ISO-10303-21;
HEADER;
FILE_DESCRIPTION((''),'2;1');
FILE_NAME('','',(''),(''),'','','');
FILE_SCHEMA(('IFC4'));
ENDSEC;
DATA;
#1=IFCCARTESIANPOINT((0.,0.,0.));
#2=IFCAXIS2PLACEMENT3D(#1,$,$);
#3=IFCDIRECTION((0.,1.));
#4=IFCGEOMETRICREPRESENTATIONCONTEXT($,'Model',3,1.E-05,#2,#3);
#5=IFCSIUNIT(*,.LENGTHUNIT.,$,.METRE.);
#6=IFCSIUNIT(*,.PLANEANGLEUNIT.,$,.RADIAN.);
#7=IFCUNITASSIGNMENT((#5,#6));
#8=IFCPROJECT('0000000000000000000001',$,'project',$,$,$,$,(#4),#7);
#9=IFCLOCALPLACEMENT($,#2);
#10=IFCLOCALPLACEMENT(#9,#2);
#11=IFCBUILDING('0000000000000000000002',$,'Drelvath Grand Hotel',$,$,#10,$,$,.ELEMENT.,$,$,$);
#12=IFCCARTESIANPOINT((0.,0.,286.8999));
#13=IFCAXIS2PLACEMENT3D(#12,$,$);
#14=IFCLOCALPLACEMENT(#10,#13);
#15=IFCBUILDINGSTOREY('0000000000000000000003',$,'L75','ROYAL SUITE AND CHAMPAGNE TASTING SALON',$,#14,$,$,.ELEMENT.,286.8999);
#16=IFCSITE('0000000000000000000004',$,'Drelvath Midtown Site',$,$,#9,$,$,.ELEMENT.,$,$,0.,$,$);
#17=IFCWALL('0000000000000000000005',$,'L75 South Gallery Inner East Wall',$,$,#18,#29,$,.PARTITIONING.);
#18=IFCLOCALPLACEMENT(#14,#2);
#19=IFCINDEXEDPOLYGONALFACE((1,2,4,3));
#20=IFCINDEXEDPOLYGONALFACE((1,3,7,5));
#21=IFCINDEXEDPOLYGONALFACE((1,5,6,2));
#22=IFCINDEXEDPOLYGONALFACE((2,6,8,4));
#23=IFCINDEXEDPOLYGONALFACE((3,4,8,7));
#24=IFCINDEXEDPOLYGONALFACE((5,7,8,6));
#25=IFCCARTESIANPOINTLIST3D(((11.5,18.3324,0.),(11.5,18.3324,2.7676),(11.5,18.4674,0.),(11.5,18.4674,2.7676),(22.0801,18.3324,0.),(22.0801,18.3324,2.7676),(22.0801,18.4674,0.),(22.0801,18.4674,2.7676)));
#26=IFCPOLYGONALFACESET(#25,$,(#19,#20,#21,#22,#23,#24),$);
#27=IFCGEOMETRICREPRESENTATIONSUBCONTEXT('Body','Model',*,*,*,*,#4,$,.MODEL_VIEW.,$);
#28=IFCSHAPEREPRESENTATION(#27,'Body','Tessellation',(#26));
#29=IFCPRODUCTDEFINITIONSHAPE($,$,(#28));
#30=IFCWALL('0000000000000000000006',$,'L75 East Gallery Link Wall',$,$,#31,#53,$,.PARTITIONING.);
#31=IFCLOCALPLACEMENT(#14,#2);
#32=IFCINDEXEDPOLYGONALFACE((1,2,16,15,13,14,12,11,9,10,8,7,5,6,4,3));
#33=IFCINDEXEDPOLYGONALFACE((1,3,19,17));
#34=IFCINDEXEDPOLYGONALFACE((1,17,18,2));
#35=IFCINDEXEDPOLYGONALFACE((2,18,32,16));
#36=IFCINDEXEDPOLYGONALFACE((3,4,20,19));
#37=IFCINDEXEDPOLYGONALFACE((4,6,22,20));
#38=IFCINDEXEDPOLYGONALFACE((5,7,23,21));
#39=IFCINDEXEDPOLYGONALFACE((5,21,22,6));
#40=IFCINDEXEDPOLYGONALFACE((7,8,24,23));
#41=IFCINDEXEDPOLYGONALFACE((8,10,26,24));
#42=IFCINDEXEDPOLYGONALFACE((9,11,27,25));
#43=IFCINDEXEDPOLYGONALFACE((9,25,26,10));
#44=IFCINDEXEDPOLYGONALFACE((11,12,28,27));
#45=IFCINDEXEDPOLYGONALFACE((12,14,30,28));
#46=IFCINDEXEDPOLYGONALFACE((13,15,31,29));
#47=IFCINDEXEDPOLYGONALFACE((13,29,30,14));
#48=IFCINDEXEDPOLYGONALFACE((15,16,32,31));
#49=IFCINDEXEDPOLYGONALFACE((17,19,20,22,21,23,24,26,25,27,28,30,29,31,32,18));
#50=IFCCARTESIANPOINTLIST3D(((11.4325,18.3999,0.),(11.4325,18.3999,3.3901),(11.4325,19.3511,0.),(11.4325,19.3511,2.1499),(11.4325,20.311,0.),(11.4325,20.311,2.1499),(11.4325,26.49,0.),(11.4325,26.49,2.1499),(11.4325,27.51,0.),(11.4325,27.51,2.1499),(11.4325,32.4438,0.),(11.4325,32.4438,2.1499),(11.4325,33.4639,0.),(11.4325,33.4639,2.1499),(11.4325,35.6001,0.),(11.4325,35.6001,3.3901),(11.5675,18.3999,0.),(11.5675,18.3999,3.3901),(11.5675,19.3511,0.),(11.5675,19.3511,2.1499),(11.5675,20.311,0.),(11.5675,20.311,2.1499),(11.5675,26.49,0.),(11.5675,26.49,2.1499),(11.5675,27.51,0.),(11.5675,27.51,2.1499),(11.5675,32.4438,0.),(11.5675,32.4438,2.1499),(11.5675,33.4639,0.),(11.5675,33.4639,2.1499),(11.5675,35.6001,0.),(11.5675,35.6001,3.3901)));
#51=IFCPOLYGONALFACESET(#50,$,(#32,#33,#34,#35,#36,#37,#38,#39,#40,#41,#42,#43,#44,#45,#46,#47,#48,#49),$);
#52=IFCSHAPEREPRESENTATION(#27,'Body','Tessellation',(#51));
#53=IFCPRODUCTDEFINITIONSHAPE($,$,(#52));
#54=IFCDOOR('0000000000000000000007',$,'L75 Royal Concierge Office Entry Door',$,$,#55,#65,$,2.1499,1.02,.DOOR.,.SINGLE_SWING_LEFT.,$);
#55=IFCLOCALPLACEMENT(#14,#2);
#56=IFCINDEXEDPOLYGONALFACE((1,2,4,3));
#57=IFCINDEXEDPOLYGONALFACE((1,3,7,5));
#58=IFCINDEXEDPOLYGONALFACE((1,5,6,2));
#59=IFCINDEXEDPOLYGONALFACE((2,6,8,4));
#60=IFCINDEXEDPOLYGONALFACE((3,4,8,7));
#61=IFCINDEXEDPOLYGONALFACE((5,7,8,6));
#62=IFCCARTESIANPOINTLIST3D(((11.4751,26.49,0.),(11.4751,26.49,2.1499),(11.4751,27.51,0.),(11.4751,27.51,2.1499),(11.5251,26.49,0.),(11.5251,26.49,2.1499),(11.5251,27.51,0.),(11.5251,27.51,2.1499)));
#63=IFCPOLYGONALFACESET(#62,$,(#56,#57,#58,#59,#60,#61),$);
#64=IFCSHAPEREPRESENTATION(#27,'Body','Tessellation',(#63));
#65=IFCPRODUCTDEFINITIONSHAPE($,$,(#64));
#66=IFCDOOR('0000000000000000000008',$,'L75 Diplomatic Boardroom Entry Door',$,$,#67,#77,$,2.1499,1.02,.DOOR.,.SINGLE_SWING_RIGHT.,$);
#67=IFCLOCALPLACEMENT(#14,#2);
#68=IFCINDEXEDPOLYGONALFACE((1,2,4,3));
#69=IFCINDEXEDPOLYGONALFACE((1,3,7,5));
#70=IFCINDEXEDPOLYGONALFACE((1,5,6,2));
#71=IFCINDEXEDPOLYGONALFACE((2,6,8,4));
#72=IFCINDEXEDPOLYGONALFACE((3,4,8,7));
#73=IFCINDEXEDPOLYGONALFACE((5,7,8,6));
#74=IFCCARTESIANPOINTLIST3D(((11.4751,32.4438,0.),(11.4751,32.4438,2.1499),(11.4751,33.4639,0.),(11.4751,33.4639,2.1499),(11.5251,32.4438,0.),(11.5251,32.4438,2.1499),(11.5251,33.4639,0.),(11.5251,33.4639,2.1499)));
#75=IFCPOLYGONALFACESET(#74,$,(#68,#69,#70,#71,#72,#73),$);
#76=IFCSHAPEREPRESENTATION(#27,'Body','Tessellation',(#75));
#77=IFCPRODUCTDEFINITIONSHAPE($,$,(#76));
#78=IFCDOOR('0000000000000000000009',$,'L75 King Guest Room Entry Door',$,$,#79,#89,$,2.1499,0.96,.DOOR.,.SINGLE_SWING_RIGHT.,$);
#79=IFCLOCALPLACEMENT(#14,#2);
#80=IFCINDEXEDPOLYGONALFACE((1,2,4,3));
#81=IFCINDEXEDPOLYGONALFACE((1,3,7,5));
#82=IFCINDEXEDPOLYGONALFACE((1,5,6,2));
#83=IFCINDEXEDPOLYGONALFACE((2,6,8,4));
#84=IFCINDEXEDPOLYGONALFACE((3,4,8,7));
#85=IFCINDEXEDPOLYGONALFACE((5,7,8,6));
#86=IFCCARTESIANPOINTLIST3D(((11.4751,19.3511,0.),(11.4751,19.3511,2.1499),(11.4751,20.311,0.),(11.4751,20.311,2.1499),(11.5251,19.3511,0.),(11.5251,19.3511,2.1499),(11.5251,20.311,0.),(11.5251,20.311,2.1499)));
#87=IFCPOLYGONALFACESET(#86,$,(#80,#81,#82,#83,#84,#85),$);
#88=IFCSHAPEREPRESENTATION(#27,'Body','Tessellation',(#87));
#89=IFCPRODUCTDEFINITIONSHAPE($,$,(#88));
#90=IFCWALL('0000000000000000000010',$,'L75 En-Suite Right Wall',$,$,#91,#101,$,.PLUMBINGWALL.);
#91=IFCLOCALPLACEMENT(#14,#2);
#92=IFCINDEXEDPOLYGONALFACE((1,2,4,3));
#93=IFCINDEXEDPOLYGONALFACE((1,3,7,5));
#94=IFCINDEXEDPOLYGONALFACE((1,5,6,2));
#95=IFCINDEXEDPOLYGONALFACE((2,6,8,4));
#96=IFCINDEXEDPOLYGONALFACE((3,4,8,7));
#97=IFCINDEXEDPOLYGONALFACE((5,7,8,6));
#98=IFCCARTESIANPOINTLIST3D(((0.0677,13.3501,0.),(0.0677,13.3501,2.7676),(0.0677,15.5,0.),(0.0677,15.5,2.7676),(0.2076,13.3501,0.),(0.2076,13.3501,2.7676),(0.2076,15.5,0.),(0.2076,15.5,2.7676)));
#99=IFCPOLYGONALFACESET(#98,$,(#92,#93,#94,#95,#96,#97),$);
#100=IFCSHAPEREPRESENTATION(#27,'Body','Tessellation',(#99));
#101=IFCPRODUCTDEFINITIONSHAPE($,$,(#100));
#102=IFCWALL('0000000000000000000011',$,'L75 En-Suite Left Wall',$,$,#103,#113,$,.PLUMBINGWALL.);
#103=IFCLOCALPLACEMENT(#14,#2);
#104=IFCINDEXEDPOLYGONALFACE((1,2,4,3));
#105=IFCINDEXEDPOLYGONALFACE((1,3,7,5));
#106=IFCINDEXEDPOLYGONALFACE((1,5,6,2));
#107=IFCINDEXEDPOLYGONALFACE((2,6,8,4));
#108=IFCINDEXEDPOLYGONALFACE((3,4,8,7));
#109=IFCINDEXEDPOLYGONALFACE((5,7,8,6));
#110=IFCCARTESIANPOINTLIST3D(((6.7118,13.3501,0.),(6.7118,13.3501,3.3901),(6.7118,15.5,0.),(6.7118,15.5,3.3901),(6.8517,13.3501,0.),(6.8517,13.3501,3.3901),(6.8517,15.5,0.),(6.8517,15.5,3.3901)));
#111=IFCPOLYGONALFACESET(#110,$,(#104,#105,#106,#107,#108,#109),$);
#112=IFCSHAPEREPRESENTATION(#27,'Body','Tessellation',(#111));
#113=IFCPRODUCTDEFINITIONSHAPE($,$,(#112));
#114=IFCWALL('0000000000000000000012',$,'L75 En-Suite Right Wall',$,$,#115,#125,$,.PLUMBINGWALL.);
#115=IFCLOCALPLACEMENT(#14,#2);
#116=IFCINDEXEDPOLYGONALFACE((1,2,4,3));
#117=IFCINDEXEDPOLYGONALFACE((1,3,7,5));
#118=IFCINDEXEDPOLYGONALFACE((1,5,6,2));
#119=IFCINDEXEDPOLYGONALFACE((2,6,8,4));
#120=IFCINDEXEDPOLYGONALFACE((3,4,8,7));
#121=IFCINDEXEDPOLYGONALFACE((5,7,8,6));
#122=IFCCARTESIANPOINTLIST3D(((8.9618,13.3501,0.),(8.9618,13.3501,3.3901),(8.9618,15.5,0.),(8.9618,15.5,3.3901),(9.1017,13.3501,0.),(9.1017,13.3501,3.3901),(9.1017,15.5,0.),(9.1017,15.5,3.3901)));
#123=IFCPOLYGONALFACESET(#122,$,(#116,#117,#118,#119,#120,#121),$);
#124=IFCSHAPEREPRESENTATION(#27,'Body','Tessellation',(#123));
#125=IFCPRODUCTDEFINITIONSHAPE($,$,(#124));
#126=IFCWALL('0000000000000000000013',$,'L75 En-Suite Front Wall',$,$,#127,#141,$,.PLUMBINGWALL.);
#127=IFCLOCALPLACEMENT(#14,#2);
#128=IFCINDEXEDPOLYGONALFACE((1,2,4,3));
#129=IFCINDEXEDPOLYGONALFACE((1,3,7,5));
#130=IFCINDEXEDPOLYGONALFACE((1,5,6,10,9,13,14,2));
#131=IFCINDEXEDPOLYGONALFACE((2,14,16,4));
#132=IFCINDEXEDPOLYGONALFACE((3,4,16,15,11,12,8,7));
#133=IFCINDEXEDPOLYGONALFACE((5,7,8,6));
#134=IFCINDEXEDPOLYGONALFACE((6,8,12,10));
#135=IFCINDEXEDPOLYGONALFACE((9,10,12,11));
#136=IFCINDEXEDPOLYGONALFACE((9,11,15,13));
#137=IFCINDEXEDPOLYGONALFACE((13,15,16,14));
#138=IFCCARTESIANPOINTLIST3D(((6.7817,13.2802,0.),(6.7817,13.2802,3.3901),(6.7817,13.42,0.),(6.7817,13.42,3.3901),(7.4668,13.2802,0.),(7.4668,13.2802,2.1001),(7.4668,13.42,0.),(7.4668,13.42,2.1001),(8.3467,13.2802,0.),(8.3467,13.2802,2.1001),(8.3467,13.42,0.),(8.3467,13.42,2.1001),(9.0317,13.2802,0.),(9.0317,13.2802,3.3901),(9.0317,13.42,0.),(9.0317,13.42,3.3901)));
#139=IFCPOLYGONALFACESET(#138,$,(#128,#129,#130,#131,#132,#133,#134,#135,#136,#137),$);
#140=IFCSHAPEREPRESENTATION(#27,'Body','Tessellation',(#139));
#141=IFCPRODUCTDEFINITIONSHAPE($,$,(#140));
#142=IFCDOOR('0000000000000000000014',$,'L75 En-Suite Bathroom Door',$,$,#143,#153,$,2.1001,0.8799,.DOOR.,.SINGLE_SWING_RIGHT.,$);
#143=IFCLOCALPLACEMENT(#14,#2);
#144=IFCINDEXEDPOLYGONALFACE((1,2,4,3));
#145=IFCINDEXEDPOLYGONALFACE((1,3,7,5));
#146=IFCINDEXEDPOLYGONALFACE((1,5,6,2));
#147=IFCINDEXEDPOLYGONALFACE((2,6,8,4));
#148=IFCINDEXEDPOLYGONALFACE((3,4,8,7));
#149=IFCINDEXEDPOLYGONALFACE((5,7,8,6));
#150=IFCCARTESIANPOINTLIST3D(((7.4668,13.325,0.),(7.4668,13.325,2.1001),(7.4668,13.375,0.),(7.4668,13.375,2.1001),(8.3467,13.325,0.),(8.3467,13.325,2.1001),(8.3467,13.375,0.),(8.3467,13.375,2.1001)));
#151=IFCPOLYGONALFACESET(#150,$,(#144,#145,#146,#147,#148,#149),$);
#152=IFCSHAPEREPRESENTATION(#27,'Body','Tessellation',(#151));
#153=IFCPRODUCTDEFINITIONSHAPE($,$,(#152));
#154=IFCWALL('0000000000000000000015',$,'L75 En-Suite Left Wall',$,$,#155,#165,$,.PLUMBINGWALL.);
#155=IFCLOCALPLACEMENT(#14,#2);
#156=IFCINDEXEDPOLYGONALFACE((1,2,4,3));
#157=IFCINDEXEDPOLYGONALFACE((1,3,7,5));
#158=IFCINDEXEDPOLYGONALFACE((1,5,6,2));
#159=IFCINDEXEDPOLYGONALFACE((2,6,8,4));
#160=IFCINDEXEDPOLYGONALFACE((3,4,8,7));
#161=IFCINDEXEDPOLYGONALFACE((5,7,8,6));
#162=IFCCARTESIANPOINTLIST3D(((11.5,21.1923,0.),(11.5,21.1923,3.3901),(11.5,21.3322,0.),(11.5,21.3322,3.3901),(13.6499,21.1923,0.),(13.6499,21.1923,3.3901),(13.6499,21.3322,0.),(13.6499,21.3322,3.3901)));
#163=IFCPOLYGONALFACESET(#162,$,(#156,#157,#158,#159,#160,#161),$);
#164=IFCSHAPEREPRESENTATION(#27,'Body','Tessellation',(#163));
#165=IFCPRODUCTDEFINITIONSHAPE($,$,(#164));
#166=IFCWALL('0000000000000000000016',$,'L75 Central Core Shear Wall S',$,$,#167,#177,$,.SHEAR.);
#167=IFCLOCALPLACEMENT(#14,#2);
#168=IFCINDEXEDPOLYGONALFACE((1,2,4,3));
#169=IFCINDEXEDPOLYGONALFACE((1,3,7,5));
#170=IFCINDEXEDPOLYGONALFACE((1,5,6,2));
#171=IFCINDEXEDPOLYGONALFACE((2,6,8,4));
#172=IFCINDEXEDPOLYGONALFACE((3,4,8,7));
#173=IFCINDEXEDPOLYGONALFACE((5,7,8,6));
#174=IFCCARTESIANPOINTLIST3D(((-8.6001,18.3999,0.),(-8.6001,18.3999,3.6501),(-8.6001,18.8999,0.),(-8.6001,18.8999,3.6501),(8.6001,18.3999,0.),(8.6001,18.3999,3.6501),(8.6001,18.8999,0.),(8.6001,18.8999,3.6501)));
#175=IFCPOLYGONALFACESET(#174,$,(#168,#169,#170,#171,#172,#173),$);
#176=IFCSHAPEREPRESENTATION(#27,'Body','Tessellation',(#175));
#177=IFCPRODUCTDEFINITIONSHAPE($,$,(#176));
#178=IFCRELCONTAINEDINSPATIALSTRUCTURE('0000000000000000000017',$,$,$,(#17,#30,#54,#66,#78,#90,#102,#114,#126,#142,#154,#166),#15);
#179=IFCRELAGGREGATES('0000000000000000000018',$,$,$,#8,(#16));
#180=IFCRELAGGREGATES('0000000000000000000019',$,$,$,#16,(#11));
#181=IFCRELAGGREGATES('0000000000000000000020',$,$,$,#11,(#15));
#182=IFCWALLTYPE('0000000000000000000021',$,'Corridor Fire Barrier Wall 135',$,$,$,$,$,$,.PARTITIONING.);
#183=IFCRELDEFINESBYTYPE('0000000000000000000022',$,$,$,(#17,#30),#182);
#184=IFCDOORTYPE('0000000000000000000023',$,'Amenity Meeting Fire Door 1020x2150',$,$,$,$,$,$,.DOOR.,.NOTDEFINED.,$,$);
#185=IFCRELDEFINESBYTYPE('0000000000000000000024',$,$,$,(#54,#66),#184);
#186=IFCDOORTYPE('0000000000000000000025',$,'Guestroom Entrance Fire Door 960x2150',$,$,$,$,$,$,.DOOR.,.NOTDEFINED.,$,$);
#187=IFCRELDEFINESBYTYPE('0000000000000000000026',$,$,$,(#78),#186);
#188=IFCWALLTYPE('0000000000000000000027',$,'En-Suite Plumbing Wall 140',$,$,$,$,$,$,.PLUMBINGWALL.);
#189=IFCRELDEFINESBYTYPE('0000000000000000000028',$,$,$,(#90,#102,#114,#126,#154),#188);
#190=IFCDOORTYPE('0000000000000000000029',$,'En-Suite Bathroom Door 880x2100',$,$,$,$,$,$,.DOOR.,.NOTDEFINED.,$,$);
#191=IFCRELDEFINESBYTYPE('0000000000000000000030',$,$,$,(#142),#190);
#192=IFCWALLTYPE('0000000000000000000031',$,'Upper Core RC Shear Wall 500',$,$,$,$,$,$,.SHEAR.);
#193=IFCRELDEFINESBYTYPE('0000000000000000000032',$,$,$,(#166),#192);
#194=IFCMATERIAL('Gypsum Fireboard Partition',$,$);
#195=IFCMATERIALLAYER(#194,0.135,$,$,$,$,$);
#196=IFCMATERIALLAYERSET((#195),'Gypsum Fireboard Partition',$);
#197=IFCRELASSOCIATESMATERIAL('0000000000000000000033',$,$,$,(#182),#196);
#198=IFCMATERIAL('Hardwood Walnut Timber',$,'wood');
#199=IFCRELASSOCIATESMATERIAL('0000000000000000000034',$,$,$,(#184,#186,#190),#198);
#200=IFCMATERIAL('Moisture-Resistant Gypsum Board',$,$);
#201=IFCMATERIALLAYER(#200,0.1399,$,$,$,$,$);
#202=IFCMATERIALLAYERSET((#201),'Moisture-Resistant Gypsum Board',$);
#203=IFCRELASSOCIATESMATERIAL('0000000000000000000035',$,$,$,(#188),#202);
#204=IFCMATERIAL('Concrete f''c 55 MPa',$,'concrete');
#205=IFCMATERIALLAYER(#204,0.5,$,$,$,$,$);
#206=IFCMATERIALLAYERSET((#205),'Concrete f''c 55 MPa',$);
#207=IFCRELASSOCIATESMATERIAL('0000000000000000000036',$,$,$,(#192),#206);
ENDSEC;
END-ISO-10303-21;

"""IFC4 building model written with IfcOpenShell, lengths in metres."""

from ifc_helpers import new_model, si_unit, direction, frame, frame_2d, origin, place, context, subcontext, project, spatial, rectangle, extrude, material, layer, layer_set, type_object, element, fill, save


model = new_model("IFC4")

# Units and contexts
model_context = context("Model", 3, precision=1e-05, world=origin(), true_north=direction((0.0, 1.0)))
body_context = subcontext(model_context, "Body", "Model", "MODEL_VIEW")
ifc_project = project(units=[si_unit("LENGTHUNIT", "METRE"), si_unit("PLANEANGLEUNIT", "RADIAN")], contexts=[model_context])

# Site, building, storey
site_placement = place(None, origin())
site = spatial("IfcSite", under=ifc_project, at=site_placement, Name="Drelvath Midtown Site", CompositionType="ELEMENT", RefElevation=0.0)
building_placement = place(site_placement, origin())
building = spatial("IfcBuilding", under=site, at=building_placement, Name="Drelvath Grand Hotel", CompositionType="ELEMENT")
storey_placement = place(building_placement, frame((0.0, 0.0, 286.8999)))
storey = spatial("IfcBuildingStorey", under=building, at=storey_placement, Name="L75", Description="ROYAL SUITE AND CHAMPAGNE TASTING SALON", CompositionType="ELEMENT", Elevation=286.8999)

# Shared definitions
ifc_material_1 = material(Name="Concrete f'c 55 MPa", Category="concrete")

# Wall
ifc_material_2 = material(Name="Gypsum Fireboard Partition")
ifc_layer_1 = layer(ifc_material_2, 0.135)
ifc_layer_set_1 = layer_set([ifc_layer_1], Name="Gypsum Fireboard Partition")
wall_type_1 = type_object("IfcWallType", Name="Corridor Fire Barrier Wall 135", PredefinedType="PARTITIONING", material=ifc_layer_set_1)
wall_1_placement = place(storey_placement, frame((11.5, 18.3999, 0.0), z_axis=(0.0, 0.0, 1.0), x_axis=(1.0, 0.0, 0.0)))
element("IfcWall", 1, at=wall_1_placement, inside=storey, type_object=wall_type_1, Name="L75 South Gallery Inner East Wall", PredefinedType="PARTITIONING", context=body_context, shape_type="SweptSolid", body=[
    extrude(rectangle(XDim=10.5801, YDim=0.135, at=frame_2d((5.29, 0.0))), origin(), (0.0, 0.0, 1.0), 2.7676),
])

# Wall, openings, doors
wall_2_placement = place(storey_placement, frame((11.5, 18.3999, 0.0), z_axis=(0.0, 0.0, 1.0), x_axis=(0.0, 1.0, 0.0)))
wall_2 = element("IfcWall", 2, at=wall_2_placement, inside=storey, type_object=wall_type_1, Name="L75 East Gallery Link Wall", PredefinedType="PARTITIONING", context=body_context, shape_type="SweptSolid", body=[
    extrude(rectangle(XDim=17.2002, YDim=0.135, at=frame_2d((8.6001, 0.0))), origin(), (0.0, 0.0, 1.0), 3.3901),
])
opening_1_placement = place(wall_2_placement, frame((0.9512, 0.0, 0.0)))
opening_1 = element("IfcOpeningElement", 3, at=opening_1_placement, cuts=wall_2, PredefinedType="OPENING", context=body_context, shape_type="SweptSolid", body=[
    extrude(rectangle(XDim=0.96, YDim=2.1499, at=frame_2d((0.48, 1.075))), frame((0.0, 0.0774, 0.0), z_axis=(0.0, -1.0, 0.0), x_axis=(1.0, 0.0, 0.0)), (0.0, 0.0, 1.0), 0.155),
])
opening_2_placement = place(wall_2_placement, frame((8.0901, 0.0, 0.0)))
opening_2 = element("IfcOpeningElement", 4, at=opening_2_placement, cuts=wall_2, PredefinedType="OPENING", context=body_context, shape_type="SweptSolid", body=[
    extrude(rectangle(XDim=1.02, YDim=2.1499, at=frame_2d((0.51, 1.075))), frame((0.0, 0.0774, 0.0), z_axis=(0.0, -1.0, 0.0), x_axis=(1.0, 0.0, 0.0)), (0.0, 0.0, 1.0), 0.155),
])
opening_3_placement = place(wall_2_placement, frame((14.0439, 0.0, 0.0)))
opening_3 = element("IfcOpeningElement", 5, at=opening_3_placement, cuts=wall_2, PredefinedType="OPENING", context=body_context, shape_type="SweptSolid", body=[
    extrude(rectangle(XDim=1.02, YDim=2.1499, at=frame_2d((0.51, 1.075))), frame((0.0, 0.0774, 0.0), z_axis=(0.0, -1.0, 0.0), x_axis=(1.0, 0.0, 0.0)), (0.0, 0.0, 1.0), 0.155),
])
ifc_material_3 = material(Name="Hardwood Walnut Timber", Category="wood")
door_type_1 = type_object("IfcDoorType", Name="Amenity Meeting Fire Door 1020x2150", OperationType="NOTDEFINED", PredefinedType="DOOR", material=ifc_material_3)
door_1_placement = place(opening_2_placement, origin())
door_1 = element("IfcDoor", 6, at=door_1_placement, inside=storey, type_object=door_type_1, Name="L75 Royal Concierge Office Entry Door", OperationType="SINGLE_SWING_LEFT", OverallHeight=2.1499, OverallWidth=1.02, PredefinedType="DOOR", context=body_context, shape_type="SweptSolid", body=[
    extrude(rectangle(XDim=1.02, YDim=2.1499, at=frame_2d((0.51, 1.075))), frame((0.0, 0.0249, 0.0), z_axis=(0.0, -1.0, 0.0), x_axis=(1.0, 0.0, 0.0)), (0.0, 0.0, 1.0), 0.05),
])
fill(opening_2, door_1)
door_2_placement = place(opening_3_placement, origin())
door_2 = element("IfcDoor", 7, at=door_2_placement, inside=storey, type_object=door_type_1, Name="L75 Diplomatic Boardroom Entry Door", OperationType="SINGLE_SWING_RIGHT", OverallHeight=2.1499, OverallWidth=1.02, PredefinedType="DOOR", context=body_context, shape_type="SweptSolid", body=[
    extrude(rectangle(XDim=1.02, YDim=2.1499, at=frame_2d((0.51, 1.075))), frame((0.0, 0.0249, 0.0), z_axis=(0.0, -1.0, 0.0), x_axis=(1.0, 0.0, 0.0)), (0.0, 0.0, 1.0), 0.05),
])
fill(opening_3, door_2)
door_type_2 = type_object("IfcDoorType", Name="Guestroom Entrance Fire Door 960x2150", OperationType="NOTDEFINED", PredefinedType="DOOR", material=ifc_material_3)
door_3_placement = place(opening_1_placement, origin())
door_3 = element("IfcDoor", 8, at=door_3_placement, inside=storey, type_object=door_type_2, Name="L75 King Guest Room Entry Door", OperationType="SINGLE_SWING_RIGHT", OverallHeight=2.1499, OverallWidth=0.96, PredefinedType="DOOR", context=body_context, shape_type="SweptSolid", body=[
    extrude(rectangle(XDim=0.96, YDim=2.1499, at=frame_2d((0.48, 1.075))), frame((0.0, 0.0249, 0.0), z_axis=(0.0, -1.0, 0.0), x_axis=(1.0, 0.0, 0.0)), (0.0, 0.0, 1.0), 0.05),
])
fill(opening_1, door_3)

# Walls
ifc_material_4 = material(Name="Moisture-Resistant Gypsum Board")
ifc_layer_2 = layer(ifc_material_4, 0.1399)
ifc_layer_set_2 = layer_set([ifc_layer_2], Name="Moisture-Resistant Gypsum Board")
wall_type_2 = type_object("IfcWallType", Name="En-Suite Plumbing Wall 140", PredefinedType="PLUMBINGWALL", material=ifc_layer_set_2)
wall_3_placement = place(storey_placement, frame((0.1377, 15.5, 0.0), z_axis=(0.0, 0.0, 1.0), x_axis=(0.0, -1.0, 0.0)))
element("IfcWall", 9, at=wall_3_placement, inside=storey, type_object=wall_type_2, Name="L75 En-Suite Right Wall", PredefinedType="PLUMBINGWALL", context=body_context, shape_type="SweptSolid", body=[
    extrude(rectangle(XDim=2.1499, YDim=0.1399, at=frame_2d((1.075, 0.0))), origin(), (0.0, 0.0, 1.0), 2.7676),
])
for number, where, z_axis, x_axis, name in (
    (10, (6.7817, 15.5, 0.0), (0.0, 0.0, 1.0), (0.0, -1.0, 0.0), "L75 En-Suite Left Wall"),
    (11, (9.0317, 15.5, 0.0), (0.0, 0.0, 1.0), (0.0, -1.0, 0.0), "L75 En-Suite Right Wall"),
):
    element("IfcWall", number, at=place(storey_placement, frame(where, z_axis=z_axis, x_axis=x_axis)), inside=storey, type_object=wall_type_2, Name=name, PredefinedType="PLUMBINGWALL", context=body_context, shape_type="SweptSolid", body=[
        extrude(rectangle(XDim=2.1499, YDim=0.1399, at=frame_2d((1.075, 0.0))), origin(), (0.0, 0.0, 1.0), 3.3901),
    ])

# Wall, opening, door
wall_4_placement = place(storey_placement, frame((6.7817, 13.3501, 0.0), z_axis=(0.0, 0.0, 1.0), x_axis=(1.0, 0.0, 0.0)))
wall_4 = element("IfcWall", 12, at=wall_4_placement, inside=storey, type_object=wall_type_2, Name="L75 En-Suite Front Wall", PredefinedType="PLUMBINGWALL", context=body_context, shape_type="SweptSolid", body=[
    extrude(rectangle(XDim=2.25, YDim=0.1399, at=frame_2d((1.125, 0.0))), origin(), (0.0, 0.0, 1.0), 3.3901),
])
opening_4_placement = place(wall_4_placement, frame((0.6851, 0.0, 0.0)))
opening_4 = element("IfcOpeningElement", 13, at=opening_4_placement, cuts=wall_4, PredefinedType="OPENING", context=body_context, shape_type="SweptSolid", body=[
    extrude(rectangle(XDim=0.8799, YDim=2.1001, at=frame_2d((0.4399, 1.05))), frame((0.0, 0.0798, 0.0), z_axis=(0.0, -1.0, 0.0), x_axis=(1.0, 0.0, 0.0)), (0.0, 0.0, 1.0), 0.1599),
])
door_type_3 = type_object("IfcDoorType", Name="En-Suite Bathroom Door 880x2100", OperationType="NOTDEFINED", PredefinedType="DOOR", material=ifc_material_3)
door_4_placement = place(opening_4_placement, origin())
door_4 = element("IfcDoor", 14, at=door_4_placement, inside=storey, type_object=door_type_3, Name="L75 En-Suite Bathroom Door", OperationType="SINGLE_SWING_RIGHT", OverallHeight=2.1001, OverallWidth=0.8799, PredefinedType="DOOR", context=body_context, shape_type="SweptSolid", body=[
    extrude(rectangle(XDim=0.8799, YDim=2.1001, at=frame_2d((0.4399, 1.05))), frame((0.0, 0.0249, 0.0), z_axis=(0.0, -1.0, 0.0), x_axis=(1.0, 0.0, 0.0)), (0.0, 0.0, 1.0), 0.05),
])
fill(opening_4, door_4)

# Walls
wall_5_placement = place(storey_placement, frame((11.5, 21.2622, 0.0), z_axis=(0.0, 0.0, 1.0), x_axis=(1.0, 0.0, 0.0)))
element("IfcWall", 15, at=wall_5_placement, inside=storey, type_object=wall_type_2, Name="L75 En-Suite Left Wall", PredefinedType="PLUMBINGWALL", context=body_context, shape_type="SweptSolid", body=[
    extrude(rectangle(XDim=2.1499, YDim=0.1399, at=frame_2d((1.075, 0.0))), origin(), (0.0, 0.0, 1.0), 3.3901),
])
ifc_layer_3 = layer(ifc_material_1, 0.5)
ifc_layer_set_3 = layer_set([ifc_layer_3], Name="Concrete f'c 55 MPa")
wall_type_3 = type_object("IfcWallType", Name="Upper Core RC Shear Wall 500", PredefinedType="SHEAR", material=ifc_layer_set_3)
wall_6_placement = place(storey_placement, frame((8.6001, 18.6499, 0.0), z_axis=(0.0, 0.0, 1.0), x_axis=(-1.0, 0.0, 0.0)))
element("IfcWall", 16, at=wall_6_placement, inside=storey, type_object=wall_type_3, Name="L75 Central Core Shear Wall S", PredefinedType="SHEAR", context=body_context, shape_type="SweptSolid", body=[
    extrude(rectangle(XDim=17.2002, YDim=0.5, at=frame_2d((8.6001, 0.0))), origin(), (0.0, 0.0, 1.0), 3.6501),
])

save(model, "model.ifc")
